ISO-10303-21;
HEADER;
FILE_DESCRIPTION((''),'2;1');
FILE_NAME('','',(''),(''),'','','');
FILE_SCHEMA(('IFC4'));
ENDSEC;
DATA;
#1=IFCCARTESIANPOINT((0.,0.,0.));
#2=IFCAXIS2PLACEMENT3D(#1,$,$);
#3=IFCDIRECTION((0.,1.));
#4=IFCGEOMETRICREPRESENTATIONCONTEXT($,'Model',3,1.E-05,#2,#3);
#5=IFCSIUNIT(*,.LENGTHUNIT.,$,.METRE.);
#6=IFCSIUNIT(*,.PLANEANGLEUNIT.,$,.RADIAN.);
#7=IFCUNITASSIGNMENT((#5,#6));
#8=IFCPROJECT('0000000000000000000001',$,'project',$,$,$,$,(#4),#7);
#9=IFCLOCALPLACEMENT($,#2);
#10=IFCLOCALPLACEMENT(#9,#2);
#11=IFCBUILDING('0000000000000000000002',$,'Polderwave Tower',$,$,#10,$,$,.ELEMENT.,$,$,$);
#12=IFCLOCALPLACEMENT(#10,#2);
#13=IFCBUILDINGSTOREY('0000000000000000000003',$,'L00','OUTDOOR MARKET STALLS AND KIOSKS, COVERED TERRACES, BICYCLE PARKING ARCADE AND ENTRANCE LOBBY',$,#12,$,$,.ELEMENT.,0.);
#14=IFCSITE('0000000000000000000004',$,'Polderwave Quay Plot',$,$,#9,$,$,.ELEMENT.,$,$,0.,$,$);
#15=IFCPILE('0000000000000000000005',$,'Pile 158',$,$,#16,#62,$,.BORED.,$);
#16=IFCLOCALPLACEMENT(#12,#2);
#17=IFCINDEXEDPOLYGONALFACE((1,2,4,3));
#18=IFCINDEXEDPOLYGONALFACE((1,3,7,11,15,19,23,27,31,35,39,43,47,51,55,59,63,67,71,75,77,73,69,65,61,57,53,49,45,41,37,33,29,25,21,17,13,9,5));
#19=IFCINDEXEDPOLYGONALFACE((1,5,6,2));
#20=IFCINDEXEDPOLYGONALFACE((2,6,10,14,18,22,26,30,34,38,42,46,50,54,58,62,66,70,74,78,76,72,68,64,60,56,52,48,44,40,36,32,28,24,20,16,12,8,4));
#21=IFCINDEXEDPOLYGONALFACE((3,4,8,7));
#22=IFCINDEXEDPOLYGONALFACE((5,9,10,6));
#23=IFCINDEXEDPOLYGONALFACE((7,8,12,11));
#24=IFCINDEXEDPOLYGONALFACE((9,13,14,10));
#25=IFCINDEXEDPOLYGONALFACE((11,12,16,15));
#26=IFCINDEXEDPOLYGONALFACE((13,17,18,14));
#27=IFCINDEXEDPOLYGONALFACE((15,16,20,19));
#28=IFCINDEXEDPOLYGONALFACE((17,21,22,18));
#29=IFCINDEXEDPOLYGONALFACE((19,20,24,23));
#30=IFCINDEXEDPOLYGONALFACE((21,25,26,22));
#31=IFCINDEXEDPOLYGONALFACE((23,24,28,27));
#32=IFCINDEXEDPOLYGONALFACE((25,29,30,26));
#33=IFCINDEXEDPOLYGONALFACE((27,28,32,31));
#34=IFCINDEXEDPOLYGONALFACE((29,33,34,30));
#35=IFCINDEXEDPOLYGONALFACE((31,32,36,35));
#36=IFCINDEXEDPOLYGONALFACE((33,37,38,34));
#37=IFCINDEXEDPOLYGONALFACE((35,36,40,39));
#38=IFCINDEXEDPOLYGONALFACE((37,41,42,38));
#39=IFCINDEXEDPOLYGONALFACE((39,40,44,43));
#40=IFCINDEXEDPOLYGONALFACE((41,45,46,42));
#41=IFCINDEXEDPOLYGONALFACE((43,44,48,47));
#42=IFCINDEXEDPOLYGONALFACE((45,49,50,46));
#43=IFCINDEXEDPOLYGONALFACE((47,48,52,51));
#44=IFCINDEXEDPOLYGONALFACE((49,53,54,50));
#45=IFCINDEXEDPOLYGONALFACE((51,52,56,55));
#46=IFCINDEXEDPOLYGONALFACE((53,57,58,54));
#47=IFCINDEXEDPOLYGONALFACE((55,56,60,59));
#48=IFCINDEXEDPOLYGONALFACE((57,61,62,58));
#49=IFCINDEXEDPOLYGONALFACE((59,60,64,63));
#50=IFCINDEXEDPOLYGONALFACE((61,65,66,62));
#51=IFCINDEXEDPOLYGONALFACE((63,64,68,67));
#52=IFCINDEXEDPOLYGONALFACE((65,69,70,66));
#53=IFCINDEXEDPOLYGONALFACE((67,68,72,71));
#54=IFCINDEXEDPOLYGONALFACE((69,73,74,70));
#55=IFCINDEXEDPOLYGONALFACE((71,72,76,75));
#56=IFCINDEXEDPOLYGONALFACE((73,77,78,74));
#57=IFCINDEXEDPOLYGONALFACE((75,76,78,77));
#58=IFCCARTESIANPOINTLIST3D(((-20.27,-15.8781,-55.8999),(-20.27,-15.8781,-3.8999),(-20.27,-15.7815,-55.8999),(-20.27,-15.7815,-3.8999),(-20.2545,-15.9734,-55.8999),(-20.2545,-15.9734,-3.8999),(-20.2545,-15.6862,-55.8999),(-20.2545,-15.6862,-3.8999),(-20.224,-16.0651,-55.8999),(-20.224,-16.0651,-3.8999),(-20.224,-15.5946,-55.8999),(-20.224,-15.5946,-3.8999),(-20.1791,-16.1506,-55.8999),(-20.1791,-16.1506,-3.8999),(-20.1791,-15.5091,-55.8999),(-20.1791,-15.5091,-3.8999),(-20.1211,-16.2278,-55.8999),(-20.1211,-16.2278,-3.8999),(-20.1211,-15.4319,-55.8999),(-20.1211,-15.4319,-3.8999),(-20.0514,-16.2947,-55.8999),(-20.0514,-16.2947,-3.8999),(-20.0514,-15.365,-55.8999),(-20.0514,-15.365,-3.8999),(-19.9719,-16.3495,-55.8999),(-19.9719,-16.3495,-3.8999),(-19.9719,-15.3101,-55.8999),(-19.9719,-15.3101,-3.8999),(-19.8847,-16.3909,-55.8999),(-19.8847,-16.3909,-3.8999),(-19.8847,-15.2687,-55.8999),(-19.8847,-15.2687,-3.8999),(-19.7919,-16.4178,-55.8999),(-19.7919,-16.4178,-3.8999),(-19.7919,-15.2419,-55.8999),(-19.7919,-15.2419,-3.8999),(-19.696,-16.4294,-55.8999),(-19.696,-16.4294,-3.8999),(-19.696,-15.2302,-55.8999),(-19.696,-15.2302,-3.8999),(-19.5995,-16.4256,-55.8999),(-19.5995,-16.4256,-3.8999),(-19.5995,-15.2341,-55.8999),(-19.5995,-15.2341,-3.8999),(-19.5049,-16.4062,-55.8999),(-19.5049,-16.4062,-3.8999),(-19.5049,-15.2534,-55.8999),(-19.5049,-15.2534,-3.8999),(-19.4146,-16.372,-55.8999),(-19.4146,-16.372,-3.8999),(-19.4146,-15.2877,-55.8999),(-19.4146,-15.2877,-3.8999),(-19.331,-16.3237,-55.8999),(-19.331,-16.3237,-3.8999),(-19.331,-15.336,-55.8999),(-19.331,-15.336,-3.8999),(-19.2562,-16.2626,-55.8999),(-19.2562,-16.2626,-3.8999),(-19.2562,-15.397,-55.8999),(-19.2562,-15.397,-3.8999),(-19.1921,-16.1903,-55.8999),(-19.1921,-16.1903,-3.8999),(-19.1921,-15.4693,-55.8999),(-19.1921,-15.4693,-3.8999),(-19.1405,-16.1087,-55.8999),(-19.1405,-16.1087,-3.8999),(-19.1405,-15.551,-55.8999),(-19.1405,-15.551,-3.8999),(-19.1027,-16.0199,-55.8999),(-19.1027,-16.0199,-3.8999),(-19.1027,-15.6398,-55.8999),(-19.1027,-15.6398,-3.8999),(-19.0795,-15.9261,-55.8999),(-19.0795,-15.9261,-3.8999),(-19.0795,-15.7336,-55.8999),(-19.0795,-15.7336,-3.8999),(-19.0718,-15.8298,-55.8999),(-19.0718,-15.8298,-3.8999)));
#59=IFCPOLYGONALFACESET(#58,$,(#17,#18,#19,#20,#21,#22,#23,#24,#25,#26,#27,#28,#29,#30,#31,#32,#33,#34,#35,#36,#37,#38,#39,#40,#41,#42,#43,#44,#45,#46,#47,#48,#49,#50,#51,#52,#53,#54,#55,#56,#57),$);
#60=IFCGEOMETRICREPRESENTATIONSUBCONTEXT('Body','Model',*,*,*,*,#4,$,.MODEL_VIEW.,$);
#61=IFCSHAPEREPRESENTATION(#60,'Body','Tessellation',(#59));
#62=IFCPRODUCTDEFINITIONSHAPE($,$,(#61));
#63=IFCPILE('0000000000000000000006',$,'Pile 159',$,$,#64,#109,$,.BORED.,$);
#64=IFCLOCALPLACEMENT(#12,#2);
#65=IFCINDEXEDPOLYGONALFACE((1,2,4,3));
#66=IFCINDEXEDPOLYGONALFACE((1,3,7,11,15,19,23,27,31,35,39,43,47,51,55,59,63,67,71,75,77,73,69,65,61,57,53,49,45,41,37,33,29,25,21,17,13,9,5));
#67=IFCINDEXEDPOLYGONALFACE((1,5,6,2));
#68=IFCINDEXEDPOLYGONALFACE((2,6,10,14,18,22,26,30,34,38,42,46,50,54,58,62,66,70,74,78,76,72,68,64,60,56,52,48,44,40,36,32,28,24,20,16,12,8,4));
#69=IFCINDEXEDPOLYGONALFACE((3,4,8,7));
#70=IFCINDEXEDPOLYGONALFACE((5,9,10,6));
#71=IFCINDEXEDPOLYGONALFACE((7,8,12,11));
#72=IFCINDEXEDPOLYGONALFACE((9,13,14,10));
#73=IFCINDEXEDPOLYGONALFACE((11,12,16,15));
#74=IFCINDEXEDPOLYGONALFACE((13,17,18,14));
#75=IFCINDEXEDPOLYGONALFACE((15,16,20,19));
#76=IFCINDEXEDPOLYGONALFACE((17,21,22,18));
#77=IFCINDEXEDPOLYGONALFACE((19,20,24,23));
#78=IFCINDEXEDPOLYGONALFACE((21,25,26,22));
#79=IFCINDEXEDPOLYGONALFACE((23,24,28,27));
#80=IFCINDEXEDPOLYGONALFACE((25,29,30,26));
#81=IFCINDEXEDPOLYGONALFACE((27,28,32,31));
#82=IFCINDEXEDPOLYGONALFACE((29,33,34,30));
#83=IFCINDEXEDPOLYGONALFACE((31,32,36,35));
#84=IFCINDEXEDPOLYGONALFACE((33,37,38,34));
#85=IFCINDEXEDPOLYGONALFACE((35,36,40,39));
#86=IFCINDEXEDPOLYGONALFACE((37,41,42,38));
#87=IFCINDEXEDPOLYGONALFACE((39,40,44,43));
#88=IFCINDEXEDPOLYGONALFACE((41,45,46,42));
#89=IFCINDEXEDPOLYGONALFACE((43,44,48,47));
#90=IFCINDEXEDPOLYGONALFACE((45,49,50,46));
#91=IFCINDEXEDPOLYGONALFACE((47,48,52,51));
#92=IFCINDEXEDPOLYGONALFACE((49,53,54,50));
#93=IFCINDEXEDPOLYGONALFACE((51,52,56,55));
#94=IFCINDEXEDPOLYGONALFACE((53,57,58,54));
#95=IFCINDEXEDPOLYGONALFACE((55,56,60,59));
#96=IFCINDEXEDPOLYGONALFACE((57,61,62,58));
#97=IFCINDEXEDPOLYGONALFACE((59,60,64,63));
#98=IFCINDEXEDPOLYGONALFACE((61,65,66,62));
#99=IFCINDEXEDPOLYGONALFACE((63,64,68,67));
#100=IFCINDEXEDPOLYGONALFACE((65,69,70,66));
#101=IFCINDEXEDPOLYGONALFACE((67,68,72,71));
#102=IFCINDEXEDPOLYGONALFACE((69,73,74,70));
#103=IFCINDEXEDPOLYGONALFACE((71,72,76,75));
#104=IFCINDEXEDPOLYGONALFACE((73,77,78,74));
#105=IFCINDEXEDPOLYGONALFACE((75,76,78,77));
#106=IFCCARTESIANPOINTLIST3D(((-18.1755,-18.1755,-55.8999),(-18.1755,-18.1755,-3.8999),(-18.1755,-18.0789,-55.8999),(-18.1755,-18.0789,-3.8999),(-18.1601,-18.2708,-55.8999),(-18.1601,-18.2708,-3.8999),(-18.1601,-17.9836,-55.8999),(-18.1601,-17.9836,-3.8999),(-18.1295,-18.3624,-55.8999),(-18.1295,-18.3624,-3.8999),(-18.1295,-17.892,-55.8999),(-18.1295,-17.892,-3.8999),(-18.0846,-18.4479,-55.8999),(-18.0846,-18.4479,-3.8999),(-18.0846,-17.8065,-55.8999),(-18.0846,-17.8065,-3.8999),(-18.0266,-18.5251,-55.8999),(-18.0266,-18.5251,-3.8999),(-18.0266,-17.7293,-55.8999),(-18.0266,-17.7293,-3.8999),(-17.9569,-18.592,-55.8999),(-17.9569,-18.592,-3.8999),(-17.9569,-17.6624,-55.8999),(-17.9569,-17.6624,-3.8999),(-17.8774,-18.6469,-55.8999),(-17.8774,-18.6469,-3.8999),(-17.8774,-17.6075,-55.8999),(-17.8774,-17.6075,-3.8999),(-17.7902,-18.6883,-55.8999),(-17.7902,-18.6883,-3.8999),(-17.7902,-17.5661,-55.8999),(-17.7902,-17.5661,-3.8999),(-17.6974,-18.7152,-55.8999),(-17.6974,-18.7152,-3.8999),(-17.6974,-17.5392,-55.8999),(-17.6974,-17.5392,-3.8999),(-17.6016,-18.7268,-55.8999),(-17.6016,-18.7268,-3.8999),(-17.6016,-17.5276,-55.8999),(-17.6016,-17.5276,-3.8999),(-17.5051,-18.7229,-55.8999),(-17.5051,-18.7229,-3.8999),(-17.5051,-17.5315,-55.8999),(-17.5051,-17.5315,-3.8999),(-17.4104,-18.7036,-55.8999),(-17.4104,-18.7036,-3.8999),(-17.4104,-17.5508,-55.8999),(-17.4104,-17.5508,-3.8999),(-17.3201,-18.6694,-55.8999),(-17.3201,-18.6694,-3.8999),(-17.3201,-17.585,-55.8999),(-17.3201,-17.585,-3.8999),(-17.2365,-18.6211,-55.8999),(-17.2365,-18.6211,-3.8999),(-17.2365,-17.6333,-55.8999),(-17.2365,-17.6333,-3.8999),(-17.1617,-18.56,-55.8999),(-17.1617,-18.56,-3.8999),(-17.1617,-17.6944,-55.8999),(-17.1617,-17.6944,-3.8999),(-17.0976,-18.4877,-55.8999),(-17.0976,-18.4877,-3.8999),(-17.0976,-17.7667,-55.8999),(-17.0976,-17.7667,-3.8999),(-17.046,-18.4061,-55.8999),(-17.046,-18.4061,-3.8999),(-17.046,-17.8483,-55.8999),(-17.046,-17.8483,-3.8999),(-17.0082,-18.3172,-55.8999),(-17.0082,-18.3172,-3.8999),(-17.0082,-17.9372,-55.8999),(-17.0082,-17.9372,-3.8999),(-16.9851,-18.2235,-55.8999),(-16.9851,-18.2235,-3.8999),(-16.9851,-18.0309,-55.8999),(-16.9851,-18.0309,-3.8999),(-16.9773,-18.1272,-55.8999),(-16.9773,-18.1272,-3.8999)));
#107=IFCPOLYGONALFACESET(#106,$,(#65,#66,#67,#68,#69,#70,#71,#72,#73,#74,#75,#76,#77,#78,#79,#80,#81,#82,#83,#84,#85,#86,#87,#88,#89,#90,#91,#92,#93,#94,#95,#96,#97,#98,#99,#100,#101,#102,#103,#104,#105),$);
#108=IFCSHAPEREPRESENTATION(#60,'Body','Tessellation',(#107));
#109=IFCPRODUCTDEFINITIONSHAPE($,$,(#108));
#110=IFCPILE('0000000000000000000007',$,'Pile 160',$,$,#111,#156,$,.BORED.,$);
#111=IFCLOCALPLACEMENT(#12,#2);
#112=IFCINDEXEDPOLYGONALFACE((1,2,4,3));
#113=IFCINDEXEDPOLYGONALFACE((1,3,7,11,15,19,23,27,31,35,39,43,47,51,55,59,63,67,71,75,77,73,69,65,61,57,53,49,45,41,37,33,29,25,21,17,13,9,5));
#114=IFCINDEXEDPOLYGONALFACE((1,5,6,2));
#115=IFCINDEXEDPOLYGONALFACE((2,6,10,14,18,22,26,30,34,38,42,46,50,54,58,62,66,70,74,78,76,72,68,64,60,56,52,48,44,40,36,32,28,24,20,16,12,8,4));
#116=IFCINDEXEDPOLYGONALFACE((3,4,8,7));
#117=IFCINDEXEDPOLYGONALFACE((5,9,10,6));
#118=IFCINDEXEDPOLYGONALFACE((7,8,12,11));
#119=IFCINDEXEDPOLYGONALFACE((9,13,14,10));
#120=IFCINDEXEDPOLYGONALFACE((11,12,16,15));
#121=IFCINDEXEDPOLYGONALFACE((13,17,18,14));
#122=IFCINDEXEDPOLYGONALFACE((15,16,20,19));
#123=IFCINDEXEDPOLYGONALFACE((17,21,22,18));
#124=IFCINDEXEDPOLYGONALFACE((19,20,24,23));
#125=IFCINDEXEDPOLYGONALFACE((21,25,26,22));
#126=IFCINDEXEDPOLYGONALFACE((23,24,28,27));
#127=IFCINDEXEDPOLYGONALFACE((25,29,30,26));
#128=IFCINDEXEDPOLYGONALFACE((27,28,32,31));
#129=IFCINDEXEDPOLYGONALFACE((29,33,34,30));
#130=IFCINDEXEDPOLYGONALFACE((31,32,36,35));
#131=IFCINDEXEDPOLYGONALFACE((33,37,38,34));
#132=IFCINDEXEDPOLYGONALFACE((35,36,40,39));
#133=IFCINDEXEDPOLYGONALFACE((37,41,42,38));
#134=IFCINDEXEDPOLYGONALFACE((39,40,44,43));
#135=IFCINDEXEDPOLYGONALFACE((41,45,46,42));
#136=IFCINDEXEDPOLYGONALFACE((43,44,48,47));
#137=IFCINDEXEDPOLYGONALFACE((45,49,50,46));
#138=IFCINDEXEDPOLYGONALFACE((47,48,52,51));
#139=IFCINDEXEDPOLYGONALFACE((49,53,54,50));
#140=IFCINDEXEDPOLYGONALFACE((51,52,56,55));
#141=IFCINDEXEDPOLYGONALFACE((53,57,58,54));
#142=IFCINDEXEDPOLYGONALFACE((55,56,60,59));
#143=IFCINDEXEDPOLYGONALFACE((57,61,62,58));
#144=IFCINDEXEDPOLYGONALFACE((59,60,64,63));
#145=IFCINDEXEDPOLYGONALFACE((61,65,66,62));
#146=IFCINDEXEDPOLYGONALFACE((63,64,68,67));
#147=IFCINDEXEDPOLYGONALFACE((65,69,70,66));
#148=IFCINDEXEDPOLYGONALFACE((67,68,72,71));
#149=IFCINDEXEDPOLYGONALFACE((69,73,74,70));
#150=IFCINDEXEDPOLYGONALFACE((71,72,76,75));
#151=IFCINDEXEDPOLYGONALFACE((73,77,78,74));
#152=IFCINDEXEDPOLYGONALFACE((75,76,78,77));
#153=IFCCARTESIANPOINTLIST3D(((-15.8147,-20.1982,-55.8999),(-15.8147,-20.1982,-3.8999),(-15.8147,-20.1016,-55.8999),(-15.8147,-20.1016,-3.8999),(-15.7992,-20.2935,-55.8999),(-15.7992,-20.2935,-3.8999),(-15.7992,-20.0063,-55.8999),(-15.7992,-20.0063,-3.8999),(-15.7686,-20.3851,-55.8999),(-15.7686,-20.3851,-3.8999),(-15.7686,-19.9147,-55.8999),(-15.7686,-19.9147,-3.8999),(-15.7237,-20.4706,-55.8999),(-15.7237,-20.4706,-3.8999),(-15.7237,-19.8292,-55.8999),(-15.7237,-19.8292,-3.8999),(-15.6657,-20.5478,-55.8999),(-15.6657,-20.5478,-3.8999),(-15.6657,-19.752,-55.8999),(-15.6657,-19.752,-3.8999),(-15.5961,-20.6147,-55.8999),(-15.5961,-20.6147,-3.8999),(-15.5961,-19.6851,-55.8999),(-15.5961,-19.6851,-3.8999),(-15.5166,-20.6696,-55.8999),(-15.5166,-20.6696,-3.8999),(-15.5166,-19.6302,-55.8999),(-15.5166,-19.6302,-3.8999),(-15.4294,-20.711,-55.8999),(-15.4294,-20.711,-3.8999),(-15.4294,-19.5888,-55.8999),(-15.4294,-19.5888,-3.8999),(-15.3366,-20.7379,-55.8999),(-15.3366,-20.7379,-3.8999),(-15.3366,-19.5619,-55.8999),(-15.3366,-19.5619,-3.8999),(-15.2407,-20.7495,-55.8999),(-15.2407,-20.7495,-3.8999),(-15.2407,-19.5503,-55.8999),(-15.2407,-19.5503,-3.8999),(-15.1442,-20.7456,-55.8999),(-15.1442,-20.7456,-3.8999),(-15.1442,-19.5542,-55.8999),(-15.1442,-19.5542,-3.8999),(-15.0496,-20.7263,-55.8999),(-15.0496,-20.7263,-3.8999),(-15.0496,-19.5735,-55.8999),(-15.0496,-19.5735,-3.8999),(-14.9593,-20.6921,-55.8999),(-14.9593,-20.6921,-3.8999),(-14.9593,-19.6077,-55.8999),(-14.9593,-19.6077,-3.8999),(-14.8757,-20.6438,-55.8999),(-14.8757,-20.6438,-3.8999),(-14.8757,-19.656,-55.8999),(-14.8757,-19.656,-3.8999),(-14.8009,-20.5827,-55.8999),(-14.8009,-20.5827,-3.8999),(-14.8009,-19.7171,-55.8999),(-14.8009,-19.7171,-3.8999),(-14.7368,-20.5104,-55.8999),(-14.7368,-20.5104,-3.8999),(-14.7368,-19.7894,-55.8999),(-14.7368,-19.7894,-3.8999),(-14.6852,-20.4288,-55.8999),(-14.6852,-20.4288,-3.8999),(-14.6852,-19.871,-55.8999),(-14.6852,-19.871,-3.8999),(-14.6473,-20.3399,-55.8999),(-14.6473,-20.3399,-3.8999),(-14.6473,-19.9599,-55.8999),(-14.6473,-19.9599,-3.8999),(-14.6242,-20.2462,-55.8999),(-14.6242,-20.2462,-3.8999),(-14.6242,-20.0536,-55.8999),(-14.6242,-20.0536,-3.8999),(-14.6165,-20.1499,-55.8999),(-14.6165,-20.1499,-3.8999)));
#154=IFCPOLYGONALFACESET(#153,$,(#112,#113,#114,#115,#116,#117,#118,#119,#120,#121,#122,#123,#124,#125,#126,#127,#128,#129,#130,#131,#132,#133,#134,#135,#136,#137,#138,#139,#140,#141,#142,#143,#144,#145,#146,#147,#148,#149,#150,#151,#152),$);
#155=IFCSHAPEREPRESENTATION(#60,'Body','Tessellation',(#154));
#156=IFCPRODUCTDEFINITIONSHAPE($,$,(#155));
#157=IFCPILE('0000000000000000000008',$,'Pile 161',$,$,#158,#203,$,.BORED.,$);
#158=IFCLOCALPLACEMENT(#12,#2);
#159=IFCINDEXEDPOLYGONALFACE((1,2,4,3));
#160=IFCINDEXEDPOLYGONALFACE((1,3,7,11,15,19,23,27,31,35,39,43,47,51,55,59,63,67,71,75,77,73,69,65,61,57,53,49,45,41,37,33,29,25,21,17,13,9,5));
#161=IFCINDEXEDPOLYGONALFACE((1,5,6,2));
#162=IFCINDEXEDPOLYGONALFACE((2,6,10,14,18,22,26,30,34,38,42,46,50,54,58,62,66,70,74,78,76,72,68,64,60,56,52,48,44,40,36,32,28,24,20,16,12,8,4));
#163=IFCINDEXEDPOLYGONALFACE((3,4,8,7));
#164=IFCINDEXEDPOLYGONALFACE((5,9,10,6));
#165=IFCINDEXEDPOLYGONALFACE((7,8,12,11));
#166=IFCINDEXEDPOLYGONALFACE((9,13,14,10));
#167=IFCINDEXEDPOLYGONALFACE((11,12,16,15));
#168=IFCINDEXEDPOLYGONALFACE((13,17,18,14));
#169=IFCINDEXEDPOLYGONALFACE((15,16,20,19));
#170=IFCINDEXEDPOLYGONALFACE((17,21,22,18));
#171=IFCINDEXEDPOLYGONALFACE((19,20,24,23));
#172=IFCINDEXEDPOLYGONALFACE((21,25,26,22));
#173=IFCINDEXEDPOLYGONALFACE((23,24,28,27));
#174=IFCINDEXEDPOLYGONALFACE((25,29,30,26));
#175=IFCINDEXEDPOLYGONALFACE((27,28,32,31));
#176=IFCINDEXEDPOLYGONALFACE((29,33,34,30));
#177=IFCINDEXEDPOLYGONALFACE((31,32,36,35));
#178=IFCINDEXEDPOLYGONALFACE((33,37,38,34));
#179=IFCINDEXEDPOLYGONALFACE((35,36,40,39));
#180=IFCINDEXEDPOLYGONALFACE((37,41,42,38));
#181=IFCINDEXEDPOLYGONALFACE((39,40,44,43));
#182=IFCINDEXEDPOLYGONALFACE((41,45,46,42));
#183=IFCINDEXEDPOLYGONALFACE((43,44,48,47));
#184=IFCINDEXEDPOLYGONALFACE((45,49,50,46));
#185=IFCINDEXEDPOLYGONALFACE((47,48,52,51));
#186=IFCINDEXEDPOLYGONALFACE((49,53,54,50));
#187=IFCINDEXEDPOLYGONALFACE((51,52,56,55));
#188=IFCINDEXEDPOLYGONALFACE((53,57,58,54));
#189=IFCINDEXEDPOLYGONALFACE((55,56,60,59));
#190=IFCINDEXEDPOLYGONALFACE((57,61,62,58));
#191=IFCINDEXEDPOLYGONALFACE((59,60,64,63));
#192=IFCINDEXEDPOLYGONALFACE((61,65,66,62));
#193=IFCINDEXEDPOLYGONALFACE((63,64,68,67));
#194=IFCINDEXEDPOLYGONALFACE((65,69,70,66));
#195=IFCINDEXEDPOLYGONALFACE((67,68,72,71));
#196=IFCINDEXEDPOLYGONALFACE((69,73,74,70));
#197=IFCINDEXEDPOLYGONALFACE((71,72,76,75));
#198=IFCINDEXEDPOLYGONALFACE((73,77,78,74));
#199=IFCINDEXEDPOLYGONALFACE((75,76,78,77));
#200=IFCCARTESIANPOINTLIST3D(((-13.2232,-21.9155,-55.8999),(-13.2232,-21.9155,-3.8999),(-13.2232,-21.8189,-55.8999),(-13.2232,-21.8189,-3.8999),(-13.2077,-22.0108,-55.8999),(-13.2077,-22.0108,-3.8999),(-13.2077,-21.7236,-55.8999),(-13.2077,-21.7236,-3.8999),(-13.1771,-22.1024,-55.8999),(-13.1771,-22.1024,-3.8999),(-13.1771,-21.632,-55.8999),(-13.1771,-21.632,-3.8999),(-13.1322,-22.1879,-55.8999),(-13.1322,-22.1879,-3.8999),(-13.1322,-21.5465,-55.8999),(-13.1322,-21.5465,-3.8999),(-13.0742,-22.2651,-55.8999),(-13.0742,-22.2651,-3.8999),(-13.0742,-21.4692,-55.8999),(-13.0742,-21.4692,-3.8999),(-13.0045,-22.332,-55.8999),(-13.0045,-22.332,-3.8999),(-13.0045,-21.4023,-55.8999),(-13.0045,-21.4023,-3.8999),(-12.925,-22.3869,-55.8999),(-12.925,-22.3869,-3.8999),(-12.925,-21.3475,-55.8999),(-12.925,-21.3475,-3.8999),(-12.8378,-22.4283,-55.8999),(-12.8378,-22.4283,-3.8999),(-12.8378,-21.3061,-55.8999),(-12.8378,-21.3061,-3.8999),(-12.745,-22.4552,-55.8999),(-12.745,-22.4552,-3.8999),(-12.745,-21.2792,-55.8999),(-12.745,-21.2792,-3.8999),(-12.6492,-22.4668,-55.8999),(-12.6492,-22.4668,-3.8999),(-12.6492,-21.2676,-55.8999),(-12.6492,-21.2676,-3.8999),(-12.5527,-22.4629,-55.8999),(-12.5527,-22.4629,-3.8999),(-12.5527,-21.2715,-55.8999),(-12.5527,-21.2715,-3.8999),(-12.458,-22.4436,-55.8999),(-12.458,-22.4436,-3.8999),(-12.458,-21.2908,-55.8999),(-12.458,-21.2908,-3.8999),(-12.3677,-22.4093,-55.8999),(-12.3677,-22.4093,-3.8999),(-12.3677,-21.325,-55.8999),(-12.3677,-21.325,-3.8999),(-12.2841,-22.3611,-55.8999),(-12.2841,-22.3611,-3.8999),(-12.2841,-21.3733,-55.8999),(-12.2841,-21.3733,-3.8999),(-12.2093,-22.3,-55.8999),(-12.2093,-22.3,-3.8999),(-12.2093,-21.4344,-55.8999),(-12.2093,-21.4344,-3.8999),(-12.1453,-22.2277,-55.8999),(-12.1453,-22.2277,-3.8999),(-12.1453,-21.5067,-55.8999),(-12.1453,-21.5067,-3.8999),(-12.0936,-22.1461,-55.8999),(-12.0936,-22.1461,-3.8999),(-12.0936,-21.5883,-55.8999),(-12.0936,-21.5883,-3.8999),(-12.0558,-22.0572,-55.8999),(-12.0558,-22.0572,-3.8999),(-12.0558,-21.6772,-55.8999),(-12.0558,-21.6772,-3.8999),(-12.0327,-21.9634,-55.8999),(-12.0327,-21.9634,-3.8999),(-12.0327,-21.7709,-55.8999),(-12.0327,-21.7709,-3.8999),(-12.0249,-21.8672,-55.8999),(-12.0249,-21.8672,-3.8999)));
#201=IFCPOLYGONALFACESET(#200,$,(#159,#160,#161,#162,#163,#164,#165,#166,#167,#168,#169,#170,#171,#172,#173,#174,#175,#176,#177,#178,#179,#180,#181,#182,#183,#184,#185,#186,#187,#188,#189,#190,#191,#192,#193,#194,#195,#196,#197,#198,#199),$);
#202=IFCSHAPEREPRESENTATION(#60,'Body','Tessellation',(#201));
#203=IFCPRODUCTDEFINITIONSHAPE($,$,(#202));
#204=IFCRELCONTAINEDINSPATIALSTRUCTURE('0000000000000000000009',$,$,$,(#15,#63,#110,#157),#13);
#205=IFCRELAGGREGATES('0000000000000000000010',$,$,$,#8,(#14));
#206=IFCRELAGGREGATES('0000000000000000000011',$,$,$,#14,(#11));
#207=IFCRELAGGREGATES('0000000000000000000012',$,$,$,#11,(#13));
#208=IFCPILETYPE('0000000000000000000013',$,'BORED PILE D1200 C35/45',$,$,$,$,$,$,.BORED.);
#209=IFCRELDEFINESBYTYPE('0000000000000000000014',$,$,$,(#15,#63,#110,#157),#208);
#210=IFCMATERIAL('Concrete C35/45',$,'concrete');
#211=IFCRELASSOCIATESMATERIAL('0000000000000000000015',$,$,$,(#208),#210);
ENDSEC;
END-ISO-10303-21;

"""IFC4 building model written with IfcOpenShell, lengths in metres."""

from ifc_helpers import new_model, si_unit, direction, frame, origin, origin_2d, place, context, subcontext, project, spatial, circle, extrude, material, material_profile, profile_set, type_object, element, save


model = new_model("IFC4")

# Units and contexts
model_context = context("Model", 3, precision=1e-05, world=origin(), true_north=direction((0.0, 1.0)))
body_context = subcontext(model_context, "Body", "Model", "MODEL_VIEW")
ifc_project = project(units=[si_unit("LENGTHUNIT", "METRE"), si_unit("PLANEANGLEUNIT", "RADIAN")], contexts=[model_context])

# Site, building, storey
site_placement = place(None, origin())
site = spatial("IfcSite", under=ifc_project, at=site_placement, Name="Polderwave Quay Plot", CompositionType="ELEMENT", RefElevation=0.0)
building_placement = place(site_placement, origin())
building = spatial("IfcBuilding", under=site, at=building_placement, Name="Polderwave Tower", CompositionType="ELEMENT")
storey_placement = place(building_placement, origin())
storey = spatial("IfcBuildingStorey", under=building, at=storey_placement, Name="L00", Description="OUTDOOR MARKET STALLS AND KIOSKS, COVERED TERRACES, BICYCLE PARKING ARCADE AND ENTRANCE LOBBY", CompositionType="ELEMENT", Elevation=0.0)

# Piles
ifc_material_1 = material(Name="Concrete C35/45", Category="concrete")
ifc_material_profile_1 = material_profile(ifc_material_1, circle(Radius=0.6001, at=origin_2d()), Name="BORED D1200")
ifc_profile_set_1 = profile_set([ifc_material_profile_1], Name="Concrete C35/45")
pile_type = type_object("IfcPileType", Name="BORED PILE D1200 C35/45", PredefinedType="BORED", material=ifc_profile_set_1)
for number, where, z_axis, x_axis, name in (
    (1, (-19.6719, -15.8298, -3.8999), (0.0, 0.0, -1.0), (1.0, 0.0, 0.0), "Pile 158"),
    (2, (-17.5774, -18.1272, -3.8999), (0.0, 0.0, -1.0), (1.0, 0.0, 0.0), "Pile 159"),
    (3, (-15.2166, -20.1499, -3.8999), (0.0, 0.0, -1.0), (1.0, 0.0, 0.0), "Pile 160"),
    (4, (-12.625, -21.8672, -3.8999), (0.0, 0.0, -1.0), (1.0, 0.0, 0.0), "Pile 161"),
):
    element("IfcPile", number, at=place(storey_placement, frame(where, z_axis=z_axis, x_axis=x_axis)), inside=storey, type_object=pile_type, Name=name, PredefinedType="BORED", context=body_context, shape_type="SweptSolid", body=[
        extrude(circle(Radius=0.6001, at=origin_2d()), origin(), (0.0, 0.0, 1.0), 52.0),
    ])

save(model, "model.ifc")
